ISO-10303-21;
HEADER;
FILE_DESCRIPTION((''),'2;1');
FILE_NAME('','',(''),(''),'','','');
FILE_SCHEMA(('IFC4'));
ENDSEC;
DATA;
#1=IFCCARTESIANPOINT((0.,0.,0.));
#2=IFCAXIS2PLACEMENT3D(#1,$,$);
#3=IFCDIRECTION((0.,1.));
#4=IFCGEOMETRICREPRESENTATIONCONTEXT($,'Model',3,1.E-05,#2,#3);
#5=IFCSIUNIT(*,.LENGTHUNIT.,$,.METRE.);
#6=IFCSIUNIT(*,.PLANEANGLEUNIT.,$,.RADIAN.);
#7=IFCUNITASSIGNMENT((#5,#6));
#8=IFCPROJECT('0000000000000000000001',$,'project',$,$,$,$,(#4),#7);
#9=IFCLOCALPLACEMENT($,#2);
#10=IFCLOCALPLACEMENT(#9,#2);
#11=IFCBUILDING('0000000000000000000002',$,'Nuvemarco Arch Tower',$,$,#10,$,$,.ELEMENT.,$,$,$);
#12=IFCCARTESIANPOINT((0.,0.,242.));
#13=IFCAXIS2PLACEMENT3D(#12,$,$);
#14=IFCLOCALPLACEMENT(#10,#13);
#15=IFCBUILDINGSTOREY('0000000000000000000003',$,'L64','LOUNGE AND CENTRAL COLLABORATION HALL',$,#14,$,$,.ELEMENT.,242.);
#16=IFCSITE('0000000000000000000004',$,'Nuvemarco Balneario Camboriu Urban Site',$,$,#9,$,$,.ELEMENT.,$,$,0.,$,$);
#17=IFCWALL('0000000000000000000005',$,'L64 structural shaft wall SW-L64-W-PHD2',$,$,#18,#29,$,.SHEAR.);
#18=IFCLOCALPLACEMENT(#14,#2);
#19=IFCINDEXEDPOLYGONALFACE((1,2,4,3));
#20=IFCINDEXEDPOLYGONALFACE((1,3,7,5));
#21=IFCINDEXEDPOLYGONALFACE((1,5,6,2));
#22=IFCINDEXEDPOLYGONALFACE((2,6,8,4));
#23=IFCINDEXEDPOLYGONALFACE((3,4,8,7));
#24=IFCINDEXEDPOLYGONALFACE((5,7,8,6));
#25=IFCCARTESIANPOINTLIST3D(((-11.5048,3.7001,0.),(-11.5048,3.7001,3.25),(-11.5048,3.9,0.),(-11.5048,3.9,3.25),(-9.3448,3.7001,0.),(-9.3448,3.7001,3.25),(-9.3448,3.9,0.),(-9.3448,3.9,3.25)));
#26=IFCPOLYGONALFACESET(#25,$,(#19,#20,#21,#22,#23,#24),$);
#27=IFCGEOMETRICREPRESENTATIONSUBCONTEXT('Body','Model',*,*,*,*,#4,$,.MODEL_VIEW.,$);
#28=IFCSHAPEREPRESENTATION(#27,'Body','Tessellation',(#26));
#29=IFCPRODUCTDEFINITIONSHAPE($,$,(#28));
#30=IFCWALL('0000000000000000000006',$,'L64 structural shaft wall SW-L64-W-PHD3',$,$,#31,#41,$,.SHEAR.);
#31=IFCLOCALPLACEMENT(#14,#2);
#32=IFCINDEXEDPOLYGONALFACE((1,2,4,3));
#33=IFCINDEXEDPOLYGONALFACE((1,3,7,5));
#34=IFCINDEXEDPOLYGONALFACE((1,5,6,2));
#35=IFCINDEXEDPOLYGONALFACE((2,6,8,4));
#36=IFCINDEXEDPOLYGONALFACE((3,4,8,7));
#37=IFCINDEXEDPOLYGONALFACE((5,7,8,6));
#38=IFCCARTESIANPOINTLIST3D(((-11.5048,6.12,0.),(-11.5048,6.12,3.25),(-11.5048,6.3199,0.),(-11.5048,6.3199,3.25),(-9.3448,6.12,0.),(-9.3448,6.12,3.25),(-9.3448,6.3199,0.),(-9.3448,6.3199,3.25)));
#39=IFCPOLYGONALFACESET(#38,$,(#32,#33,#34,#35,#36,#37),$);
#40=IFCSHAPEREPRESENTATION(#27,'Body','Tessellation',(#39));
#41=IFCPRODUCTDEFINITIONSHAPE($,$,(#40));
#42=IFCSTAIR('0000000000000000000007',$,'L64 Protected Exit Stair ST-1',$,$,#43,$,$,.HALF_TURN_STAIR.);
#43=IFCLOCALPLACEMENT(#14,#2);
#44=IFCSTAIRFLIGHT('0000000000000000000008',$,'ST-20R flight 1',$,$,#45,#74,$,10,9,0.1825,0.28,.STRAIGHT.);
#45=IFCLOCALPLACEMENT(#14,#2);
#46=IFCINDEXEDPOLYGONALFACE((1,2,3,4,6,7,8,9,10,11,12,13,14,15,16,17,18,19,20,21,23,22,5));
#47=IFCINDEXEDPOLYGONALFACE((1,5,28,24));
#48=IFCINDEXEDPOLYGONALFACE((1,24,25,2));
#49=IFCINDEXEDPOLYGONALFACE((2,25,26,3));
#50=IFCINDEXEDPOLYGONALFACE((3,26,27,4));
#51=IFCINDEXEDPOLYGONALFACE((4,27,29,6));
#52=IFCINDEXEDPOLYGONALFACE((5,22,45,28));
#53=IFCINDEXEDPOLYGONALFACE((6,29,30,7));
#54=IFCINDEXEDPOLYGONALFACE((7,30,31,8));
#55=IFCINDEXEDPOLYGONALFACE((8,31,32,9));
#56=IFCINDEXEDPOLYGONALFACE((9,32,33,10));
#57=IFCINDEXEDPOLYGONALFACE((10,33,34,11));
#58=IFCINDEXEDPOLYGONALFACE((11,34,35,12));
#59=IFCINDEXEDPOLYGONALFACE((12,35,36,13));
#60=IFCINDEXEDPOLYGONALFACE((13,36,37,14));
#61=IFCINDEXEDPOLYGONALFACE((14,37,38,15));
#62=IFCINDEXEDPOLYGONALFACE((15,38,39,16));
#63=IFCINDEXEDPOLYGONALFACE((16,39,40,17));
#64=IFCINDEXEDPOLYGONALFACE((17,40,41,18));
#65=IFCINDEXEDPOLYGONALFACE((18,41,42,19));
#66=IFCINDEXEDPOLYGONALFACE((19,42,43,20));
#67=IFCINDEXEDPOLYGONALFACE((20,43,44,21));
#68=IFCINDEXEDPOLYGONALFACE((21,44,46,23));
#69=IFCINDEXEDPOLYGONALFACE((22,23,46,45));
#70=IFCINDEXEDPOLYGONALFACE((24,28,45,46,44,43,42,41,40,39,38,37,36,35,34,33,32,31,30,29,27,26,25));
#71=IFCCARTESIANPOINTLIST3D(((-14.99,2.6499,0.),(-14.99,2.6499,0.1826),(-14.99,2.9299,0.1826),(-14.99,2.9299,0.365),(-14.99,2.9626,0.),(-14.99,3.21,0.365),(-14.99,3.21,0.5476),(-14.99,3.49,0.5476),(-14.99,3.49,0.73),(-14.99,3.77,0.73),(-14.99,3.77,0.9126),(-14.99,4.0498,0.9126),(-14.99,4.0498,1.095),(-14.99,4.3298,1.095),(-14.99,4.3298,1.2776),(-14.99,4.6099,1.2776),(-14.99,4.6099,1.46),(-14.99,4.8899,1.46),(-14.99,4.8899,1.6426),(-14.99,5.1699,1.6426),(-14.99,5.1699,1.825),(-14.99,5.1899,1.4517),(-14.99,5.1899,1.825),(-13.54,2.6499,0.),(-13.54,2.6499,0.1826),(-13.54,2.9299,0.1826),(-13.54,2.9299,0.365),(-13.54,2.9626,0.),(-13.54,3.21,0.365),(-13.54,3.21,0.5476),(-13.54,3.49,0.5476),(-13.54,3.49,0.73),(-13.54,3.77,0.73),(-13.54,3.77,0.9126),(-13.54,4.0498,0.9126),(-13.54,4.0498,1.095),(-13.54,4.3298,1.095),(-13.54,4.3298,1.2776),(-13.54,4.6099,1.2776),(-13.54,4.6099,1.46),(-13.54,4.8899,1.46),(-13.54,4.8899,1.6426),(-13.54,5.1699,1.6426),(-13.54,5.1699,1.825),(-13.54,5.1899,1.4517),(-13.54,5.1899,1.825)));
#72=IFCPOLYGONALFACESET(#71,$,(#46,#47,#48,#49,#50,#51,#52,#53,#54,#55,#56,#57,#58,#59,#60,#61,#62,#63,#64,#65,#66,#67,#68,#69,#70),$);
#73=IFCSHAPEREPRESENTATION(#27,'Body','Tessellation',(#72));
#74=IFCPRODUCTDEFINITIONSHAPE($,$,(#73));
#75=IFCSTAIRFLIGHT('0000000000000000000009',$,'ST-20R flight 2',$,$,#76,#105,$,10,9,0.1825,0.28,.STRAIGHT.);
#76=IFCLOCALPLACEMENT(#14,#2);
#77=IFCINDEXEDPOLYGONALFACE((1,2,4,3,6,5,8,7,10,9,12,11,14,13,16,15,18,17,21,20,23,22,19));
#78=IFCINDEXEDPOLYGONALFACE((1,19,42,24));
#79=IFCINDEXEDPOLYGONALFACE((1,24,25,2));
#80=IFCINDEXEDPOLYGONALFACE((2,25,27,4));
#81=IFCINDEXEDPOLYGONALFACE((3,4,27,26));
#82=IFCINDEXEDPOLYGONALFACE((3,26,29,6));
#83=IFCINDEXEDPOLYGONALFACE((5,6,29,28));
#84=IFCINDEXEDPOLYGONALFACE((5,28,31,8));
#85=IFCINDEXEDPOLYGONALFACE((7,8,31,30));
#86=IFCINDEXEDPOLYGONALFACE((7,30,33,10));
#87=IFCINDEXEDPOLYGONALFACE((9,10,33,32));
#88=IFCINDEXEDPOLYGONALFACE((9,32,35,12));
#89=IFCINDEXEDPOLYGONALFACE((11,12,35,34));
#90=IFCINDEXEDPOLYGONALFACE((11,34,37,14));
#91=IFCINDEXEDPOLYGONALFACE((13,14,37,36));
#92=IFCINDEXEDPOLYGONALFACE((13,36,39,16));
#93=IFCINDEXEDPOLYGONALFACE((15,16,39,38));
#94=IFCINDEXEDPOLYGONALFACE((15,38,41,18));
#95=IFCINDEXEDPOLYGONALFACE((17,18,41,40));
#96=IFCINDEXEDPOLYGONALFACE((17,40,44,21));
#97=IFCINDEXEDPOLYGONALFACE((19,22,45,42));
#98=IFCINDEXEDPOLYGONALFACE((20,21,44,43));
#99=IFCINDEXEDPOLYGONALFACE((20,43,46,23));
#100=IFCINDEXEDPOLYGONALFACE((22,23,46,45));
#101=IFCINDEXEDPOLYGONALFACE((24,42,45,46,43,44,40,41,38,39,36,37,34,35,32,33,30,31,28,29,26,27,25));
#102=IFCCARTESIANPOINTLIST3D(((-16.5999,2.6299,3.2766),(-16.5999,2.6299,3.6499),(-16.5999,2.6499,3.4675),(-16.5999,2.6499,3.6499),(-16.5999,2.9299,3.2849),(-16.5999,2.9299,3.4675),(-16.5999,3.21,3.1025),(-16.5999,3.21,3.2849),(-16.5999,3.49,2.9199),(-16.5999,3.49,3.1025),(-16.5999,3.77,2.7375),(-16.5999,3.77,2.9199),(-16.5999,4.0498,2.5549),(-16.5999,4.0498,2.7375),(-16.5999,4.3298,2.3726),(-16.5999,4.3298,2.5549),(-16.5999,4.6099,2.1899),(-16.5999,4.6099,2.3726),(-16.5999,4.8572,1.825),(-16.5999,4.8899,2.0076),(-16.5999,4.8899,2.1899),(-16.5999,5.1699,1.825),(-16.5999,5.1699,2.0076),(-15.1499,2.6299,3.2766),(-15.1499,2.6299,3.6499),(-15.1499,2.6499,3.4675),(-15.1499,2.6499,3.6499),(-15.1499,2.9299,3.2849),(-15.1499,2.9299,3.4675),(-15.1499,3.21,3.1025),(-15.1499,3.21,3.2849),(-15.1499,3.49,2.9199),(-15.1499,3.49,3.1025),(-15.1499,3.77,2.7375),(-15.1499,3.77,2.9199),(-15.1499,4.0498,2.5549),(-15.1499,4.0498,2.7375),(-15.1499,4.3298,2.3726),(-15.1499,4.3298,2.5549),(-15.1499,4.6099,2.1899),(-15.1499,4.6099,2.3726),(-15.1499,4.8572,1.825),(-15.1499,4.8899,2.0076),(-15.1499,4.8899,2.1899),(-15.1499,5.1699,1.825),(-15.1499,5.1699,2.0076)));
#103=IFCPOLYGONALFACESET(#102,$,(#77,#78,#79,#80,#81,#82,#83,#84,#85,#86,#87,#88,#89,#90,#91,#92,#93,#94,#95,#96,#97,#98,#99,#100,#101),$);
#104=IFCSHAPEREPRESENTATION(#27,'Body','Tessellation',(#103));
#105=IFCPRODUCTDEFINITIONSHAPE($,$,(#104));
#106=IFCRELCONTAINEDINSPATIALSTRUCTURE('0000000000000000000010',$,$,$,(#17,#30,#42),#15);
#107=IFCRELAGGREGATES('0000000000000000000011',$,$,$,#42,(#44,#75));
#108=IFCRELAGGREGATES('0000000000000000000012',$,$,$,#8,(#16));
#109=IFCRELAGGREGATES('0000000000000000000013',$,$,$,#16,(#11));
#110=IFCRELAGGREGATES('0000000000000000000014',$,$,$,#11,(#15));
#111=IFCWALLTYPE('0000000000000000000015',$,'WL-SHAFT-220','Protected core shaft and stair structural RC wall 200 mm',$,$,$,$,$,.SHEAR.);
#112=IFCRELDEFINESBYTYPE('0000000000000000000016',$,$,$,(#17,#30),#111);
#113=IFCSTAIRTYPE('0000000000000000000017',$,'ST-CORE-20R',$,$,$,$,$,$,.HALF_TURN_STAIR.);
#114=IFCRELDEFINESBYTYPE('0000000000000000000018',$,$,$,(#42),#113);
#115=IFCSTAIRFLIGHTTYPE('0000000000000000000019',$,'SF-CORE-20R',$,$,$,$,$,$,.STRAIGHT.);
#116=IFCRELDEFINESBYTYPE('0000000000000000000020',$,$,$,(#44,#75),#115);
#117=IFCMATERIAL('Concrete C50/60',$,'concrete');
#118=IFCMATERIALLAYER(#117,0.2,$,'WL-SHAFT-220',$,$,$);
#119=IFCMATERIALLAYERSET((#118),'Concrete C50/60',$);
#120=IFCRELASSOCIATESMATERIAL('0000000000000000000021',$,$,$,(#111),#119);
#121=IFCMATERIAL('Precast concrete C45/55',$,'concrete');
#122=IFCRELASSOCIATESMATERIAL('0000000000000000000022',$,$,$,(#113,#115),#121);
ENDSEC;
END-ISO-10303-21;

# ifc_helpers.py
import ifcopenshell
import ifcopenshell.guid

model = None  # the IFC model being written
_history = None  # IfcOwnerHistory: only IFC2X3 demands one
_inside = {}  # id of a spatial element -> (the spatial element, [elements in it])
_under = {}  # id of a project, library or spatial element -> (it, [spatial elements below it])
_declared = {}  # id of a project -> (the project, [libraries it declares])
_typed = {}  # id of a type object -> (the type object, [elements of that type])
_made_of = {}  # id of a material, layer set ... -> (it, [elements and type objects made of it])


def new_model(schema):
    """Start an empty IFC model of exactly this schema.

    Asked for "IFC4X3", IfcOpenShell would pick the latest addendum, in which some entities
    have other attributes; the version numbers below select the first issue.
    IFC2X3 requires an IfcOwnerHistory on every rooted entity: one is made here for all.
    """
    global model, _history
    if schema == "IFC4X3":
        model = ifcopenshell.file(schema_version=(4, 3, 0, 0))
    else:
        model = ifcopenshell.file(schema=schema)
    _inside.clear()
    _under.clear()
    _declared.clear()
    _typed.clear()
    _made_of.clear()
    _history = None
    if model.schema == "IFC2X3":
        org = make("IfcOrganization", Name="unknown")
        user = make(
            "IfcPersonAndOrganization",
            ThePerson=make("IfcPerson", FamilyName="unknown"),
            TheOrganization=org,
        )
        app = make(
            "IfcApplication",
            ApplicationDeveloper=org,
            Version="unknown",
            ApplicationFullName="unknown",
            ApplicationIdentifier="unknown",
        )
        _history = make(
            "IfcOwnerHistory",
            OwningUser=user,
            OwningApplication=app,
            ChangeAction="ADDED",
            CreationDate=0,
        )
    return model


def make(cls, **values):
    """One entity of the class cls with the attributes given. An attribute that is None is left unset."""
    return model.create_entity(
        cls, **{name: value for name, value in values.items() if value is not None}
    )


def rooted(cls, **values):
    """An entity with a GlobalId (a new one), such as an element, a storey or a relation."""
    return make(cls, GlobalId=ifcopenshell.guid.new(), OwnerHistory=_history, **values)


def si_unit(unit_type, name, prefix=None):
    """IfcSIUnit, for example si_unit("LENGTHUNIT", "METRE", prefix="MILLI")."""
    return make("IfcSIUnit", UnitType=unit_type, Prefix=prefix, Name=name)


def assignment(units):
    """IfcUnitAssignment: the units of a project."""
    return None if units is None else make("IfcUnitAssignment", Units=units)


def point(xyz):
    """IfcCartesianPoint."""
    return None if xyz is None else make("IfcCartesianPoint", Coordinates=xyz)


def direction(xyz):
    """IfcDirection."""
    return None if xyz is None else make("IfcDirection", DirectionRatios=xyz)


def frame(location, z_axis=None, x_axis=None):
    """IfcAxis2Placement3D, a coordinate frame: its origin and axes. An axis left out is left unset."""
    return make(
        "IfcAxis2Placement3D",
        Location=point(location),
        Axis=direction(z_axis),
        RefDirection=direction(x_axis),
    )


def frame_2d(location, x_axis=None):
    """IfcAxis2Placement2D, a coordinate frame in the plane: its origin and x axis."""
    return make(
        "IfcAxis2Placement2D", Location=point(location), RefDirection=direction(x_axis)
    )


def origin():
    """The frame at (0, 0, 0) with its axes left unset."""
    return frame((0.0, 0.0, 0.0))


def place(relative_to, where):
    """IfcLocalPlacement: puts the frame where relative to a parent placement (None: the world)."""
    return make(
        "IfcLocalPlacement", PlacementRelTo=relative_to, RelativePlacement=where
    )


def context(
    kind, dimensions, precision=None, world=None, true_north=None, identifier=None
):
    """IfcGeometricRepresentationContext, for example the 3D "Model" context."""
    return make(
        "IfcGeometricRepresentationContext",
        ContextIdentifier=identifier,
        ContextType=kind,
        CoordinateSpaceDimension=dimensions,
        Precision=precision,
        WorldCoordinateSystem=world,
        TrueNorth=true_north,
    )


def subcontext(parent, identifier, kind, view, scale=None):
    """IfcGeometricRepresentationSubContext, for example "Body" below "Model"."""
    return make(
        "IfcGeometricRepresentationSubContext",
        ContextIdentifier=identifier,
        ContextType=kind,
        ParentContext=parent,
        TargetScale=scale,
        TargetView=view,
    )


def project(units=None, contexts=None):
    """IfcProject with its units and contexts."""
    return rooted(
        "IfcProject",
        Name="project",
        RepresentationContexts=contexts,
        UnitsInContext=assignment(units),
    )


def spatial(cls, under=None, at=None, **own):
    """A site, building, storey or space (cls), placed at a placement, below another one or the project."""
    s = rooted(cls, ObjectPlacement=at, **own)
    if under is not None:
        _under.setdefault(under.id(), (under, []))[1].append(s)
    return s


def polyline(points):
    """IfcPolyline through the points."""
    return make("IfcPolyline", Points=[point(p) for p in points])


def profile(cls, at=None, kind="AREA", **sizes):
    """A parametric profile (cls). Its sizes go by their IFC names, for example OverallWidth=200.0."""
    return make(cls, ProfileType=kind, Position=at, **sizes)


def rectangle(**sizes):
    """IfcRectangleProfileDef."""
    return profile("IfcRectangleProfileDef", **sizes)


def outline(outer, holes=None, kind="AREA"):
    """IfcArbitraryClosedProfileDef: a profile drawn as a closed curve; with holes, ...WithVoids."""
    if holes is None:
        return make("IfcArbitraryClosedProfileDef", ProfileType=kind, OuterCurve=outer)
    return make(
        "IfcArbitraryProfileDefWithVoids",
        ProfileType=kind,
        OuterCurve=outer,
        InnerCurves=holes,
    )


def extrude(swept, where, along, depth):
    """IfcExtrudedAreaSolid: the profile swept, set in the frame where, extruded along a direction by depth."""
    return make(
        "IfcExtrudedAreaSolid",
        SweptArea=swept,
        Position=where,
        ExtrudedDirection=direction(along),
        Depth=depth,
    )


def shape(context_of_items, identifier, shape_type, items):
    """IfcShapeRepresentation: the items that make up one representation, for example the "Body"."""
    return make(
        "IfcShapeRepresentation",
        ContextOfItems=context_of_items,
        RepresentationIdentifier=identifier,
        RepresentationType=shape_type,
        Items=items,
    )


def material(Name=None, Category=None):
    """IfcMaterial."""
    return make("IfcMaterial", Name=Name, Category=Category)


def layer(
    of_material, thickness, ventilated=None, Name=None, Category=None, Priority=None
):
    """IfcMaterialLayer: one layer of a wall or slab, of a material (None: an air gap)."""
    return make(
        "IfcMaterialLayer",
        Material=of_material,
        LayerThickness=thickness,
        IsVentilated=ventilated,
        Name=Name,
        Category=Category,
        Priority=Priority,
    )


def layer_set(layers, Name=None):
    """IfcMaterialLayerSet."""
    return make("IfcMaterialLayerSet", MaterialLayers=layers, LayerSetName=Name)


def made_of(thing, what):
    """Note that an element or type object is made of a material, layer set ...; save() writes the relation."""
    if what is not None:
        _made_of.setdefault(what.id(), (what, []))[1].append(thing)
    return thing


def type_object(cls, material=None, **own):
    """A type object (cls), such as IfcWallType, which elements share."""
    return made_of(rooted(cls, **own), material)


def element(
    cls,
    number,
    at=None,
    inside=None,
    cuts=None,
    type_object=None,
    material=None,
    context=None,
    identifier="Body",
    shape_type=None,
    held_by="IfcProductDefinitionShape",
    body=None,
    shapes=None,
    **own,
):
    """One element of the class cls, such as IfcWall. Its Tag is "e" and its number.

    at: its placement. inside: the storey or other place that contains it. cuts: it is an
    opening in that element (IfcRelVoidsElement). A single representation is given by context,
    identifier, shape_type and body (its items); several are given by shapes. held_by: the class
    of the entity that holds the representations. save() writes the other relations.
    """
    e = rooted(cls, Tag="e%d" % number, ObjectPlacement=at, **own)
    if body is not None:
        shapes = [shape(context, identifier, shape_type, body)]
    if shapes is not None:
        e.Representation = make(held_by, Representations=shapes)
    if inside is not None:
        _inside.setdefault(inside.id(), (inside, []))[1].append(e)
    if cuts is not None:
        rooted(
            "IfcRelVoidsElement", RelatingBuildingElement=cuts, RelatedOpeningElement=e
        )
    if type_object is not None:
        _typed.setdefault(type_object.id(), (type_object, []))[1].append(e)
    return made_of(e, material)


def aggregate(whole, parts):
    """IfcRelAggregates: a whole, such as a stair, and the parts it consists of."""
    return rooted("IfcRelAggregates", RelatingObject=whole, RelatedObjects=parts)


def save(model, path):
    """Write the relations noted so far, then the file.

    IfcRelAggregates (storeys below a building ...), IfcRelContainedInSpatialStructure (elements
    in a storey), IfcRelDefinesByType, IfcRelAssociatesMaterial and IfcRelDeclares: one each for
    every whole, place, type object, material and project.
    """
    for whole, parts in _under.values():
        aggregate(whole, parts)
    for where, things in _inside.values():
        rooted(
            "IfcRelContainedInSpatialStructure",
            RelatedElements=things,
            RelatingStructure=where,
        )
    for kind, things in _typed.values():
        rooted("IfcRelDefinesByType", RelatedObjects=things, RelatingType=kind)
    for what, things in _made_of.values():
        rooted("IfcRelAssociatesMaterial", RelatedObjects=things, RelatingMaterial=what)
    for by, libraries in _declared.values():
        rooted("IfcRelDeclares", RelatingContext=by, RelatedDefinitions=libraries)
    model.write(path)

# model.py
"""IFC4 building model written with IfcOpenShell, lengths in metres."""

from ifc_helpers import new_model, si_unit, direction, frame, frame_2d, origin, place, context, subcontext, project, spatial, polyline, rectangle, outline, extrude, material, layer, layer_set, type_object, element, aggregate, save


model = new_model("IFC4")

# Units and contexts
model_context = context("Model", 3, precision=1e-05, world=origin(), true_north=direction((0.0, 1.0)))
body_context = subcontext(model_context, "Body", "Model", "MODEL_VIEW")
ifc_project = project(units=[si_unit("LENGTHUNIT", "METRE"), si_unit("PLANEANGLEUNIT", "RADIAN")], contexts=[model_context])

# Site, building, storey
site_placement = place(None, origin())
site = spatial("IfcSite", under=ifc_project, at=site_placement, Name="Nuvemarco Balneario Camboriu Urban Site", CompositionType="ELEMENT", RefElevation=0.0)
building_placement = place(site_placement, origin())
building = spatial("IfcBuilding", under=site, at=building_placement, Name="Nuvemarco Arch Tower", CompositionType="ELEMENT")
storey_placement = place(building_placement, frame((0.0, 0.0, 242.0)))
storey = spatial("IfcBuildingStorey", under=building, at=storey_placement, Name="L64", Description="LOUNGE AND CENTRAL COLLABORATION HALL", CompositionType="ELEMENT", Elevation=242.0)

# Shared definitions
ifc_material_1 = material(Name="Concrete C50/60", Category="concrete")

# Shared definitions
ifc_layer = layer(ifc_material_1, 0.2, Name="WL-SHAFT-220")
ifc_layer_set = layer_set([ifc_layer], Name="Concrete C50/60")
wall_type = type_object("IfcWallType", Name="WL-SHAFT-220", Description="Protected core shaft and stair structural RC wall 200 mm", PredefinedType="SHEAR", material=ifc_layer_set)

# Walls
for number, where, z_axis, x_axis, name in (
    (1, (-11.5049, 3.8, 0.0), (0.0, 0.0, 1.0), (1.0, 0.0, 0.0), "L64 structural shaft wall SW-L64-W-PHD2"),
    (2, (-11.5049, 6.22, 0.0), (0.0, 0.0, 1.0), (1.0, 0.0, 0.0), "L64 structural shaft wall SW-L64-W-PHD3"),
):
    element("IfcWall", number, at=place(storey_placement, frame(where, z_axis=z_axis, x_axis=x_axis)), inside=storey, type_object=wall_type, Name=name, PredefinedType="SHEAR", context=body_context, shape_type="SweptSolid", body=[
        extrude(rectangle(XDim=2.1599, YDim=0.2, at=frame_2d((1.0801, 0.0))), origin(), (0.0, 0.0, 1.0), 3.25),
    ])

# Stair, stair flights
ifc_material_2 = material(Name="Precast concrete C45/55", Category="concrete")
stair_type = type_object("IfcStairType", Name="ST-CORE-20R", PredefinedType="HALF_TURN_STAIR", material=ifc_material_2)
stair_placement = place(storey_placement, origin())
stair = element("IfcStair", 3, at=stair_placement, inside=storey, type_object=stair_type, Name="L64 Protected Exit Stair ST-1", PredefinedType="HALF_TURN_STAIR")
stair_flight_type = type_object("IfcStairFlightType", Name="SF-CORE-20R", PredefinedType="STRAIGHT", material=ifc_material_2)
stair_flight_1_placement = place(storey_placement, frame((-14.2649, 2.6499, 0.0), z_axis=(0.0, 0.0, 1.0), x_axis=(0.0, 1.0, 0.0)))
stair_flight_1 = element("IfcStairFlight", 4, at=stair_flight_1_placement, type_object=stair_flight_type, Name="ST-20R flight 1", NumberOfRisers=10, NumberOfTreads=9, PredefinedType="STRAIGHT", RiserHeight=0.1825, TreadLength=0.28, context=body_context, shape_type="SweptSolid", body=[
    extrude(outline(polyline([(0.0, 0.0), (0.0, 0.1826), (0.28, 0.1826), (0.28, 0.365), (0.5601, 0.365), (0.5601, 0.5476), (0.8401, 0.5476), (0.8401, 0.73), (1.1201, 0.73), (1.1201, 0.9126), (1.3999, 0.9126), (1.3999, 1.095), (1.6799, 1.095), (1.6799, 1.2776), (1.96, 1.2776), (1.96, 1.46), (2.24, 1.46), (2.24, 1.6426), (2.52, 1.6426), (2.52, 1.825), (2.54, 1.825), (2.54, 1.4517), (0.3127, 0.0), (0.0, 0.0)])), frame((0.0, 0.7251, 0.0), z_axis=(0.0, -1.0, 0.0), x_axis=(1.0, 0.0, 0.0)), (0.0, 0.0, 1.0), 1.45),
])
stair_flight_2_placement = place(storey_placement, frame((-15.875, 5.1699, 1.825), z_axis=(0.0, 0.0, 1.0), x_axis=(0.0, -1.0, 0.0)))
stair_flight_2 = element("IfcStairFlight", 5, at=stair_flight_2_placement, type_object=stair_flight_type, Name="ST-20R flight 2", NumberOfRisers=10, NumberOfTreads=9, PredefinedType="STRAIGHT", RiserHeight=0.1825, TreadLength=0.28, context=body_context, shape_type="SweptSolid", body=[
    extrude(outline(polyline([(0.0, 0.0), (0.0, 0.1826), (0.28, 0.1826), (0.28, 0.365), (0.5601, 0.365), (0.5601, 0.5476), (0.8401, 0.5476), (0.8401, 0.73), (1.1201, 0.73), (1.1201, 0.9126), (1.3999, 0.9126), (1.3999, 1.095), (1.6799, 1.095), (1.6799, 1.2776), (1.96, 1.2776), (1.96, 1.46), (2.24, 1.46), (2.24, 1.6426), (2.52, 1.6426), (2.52, 1.825), (2.54, 1.825), (2.54, 1.4517), (0.3127, 0.0), (0.0, 0.0)])), frame((0.0, 0.7251, 0.0), z_axis=(0.0, -1.0, 0.0), x_axis=(1.0, 0.0, 0.0)), (0.0, 0.0, 1.0), 1.45),
])
aggregate(stair, [stair_flight_1, stair_flight_2])

save(model, "model.ifc")
